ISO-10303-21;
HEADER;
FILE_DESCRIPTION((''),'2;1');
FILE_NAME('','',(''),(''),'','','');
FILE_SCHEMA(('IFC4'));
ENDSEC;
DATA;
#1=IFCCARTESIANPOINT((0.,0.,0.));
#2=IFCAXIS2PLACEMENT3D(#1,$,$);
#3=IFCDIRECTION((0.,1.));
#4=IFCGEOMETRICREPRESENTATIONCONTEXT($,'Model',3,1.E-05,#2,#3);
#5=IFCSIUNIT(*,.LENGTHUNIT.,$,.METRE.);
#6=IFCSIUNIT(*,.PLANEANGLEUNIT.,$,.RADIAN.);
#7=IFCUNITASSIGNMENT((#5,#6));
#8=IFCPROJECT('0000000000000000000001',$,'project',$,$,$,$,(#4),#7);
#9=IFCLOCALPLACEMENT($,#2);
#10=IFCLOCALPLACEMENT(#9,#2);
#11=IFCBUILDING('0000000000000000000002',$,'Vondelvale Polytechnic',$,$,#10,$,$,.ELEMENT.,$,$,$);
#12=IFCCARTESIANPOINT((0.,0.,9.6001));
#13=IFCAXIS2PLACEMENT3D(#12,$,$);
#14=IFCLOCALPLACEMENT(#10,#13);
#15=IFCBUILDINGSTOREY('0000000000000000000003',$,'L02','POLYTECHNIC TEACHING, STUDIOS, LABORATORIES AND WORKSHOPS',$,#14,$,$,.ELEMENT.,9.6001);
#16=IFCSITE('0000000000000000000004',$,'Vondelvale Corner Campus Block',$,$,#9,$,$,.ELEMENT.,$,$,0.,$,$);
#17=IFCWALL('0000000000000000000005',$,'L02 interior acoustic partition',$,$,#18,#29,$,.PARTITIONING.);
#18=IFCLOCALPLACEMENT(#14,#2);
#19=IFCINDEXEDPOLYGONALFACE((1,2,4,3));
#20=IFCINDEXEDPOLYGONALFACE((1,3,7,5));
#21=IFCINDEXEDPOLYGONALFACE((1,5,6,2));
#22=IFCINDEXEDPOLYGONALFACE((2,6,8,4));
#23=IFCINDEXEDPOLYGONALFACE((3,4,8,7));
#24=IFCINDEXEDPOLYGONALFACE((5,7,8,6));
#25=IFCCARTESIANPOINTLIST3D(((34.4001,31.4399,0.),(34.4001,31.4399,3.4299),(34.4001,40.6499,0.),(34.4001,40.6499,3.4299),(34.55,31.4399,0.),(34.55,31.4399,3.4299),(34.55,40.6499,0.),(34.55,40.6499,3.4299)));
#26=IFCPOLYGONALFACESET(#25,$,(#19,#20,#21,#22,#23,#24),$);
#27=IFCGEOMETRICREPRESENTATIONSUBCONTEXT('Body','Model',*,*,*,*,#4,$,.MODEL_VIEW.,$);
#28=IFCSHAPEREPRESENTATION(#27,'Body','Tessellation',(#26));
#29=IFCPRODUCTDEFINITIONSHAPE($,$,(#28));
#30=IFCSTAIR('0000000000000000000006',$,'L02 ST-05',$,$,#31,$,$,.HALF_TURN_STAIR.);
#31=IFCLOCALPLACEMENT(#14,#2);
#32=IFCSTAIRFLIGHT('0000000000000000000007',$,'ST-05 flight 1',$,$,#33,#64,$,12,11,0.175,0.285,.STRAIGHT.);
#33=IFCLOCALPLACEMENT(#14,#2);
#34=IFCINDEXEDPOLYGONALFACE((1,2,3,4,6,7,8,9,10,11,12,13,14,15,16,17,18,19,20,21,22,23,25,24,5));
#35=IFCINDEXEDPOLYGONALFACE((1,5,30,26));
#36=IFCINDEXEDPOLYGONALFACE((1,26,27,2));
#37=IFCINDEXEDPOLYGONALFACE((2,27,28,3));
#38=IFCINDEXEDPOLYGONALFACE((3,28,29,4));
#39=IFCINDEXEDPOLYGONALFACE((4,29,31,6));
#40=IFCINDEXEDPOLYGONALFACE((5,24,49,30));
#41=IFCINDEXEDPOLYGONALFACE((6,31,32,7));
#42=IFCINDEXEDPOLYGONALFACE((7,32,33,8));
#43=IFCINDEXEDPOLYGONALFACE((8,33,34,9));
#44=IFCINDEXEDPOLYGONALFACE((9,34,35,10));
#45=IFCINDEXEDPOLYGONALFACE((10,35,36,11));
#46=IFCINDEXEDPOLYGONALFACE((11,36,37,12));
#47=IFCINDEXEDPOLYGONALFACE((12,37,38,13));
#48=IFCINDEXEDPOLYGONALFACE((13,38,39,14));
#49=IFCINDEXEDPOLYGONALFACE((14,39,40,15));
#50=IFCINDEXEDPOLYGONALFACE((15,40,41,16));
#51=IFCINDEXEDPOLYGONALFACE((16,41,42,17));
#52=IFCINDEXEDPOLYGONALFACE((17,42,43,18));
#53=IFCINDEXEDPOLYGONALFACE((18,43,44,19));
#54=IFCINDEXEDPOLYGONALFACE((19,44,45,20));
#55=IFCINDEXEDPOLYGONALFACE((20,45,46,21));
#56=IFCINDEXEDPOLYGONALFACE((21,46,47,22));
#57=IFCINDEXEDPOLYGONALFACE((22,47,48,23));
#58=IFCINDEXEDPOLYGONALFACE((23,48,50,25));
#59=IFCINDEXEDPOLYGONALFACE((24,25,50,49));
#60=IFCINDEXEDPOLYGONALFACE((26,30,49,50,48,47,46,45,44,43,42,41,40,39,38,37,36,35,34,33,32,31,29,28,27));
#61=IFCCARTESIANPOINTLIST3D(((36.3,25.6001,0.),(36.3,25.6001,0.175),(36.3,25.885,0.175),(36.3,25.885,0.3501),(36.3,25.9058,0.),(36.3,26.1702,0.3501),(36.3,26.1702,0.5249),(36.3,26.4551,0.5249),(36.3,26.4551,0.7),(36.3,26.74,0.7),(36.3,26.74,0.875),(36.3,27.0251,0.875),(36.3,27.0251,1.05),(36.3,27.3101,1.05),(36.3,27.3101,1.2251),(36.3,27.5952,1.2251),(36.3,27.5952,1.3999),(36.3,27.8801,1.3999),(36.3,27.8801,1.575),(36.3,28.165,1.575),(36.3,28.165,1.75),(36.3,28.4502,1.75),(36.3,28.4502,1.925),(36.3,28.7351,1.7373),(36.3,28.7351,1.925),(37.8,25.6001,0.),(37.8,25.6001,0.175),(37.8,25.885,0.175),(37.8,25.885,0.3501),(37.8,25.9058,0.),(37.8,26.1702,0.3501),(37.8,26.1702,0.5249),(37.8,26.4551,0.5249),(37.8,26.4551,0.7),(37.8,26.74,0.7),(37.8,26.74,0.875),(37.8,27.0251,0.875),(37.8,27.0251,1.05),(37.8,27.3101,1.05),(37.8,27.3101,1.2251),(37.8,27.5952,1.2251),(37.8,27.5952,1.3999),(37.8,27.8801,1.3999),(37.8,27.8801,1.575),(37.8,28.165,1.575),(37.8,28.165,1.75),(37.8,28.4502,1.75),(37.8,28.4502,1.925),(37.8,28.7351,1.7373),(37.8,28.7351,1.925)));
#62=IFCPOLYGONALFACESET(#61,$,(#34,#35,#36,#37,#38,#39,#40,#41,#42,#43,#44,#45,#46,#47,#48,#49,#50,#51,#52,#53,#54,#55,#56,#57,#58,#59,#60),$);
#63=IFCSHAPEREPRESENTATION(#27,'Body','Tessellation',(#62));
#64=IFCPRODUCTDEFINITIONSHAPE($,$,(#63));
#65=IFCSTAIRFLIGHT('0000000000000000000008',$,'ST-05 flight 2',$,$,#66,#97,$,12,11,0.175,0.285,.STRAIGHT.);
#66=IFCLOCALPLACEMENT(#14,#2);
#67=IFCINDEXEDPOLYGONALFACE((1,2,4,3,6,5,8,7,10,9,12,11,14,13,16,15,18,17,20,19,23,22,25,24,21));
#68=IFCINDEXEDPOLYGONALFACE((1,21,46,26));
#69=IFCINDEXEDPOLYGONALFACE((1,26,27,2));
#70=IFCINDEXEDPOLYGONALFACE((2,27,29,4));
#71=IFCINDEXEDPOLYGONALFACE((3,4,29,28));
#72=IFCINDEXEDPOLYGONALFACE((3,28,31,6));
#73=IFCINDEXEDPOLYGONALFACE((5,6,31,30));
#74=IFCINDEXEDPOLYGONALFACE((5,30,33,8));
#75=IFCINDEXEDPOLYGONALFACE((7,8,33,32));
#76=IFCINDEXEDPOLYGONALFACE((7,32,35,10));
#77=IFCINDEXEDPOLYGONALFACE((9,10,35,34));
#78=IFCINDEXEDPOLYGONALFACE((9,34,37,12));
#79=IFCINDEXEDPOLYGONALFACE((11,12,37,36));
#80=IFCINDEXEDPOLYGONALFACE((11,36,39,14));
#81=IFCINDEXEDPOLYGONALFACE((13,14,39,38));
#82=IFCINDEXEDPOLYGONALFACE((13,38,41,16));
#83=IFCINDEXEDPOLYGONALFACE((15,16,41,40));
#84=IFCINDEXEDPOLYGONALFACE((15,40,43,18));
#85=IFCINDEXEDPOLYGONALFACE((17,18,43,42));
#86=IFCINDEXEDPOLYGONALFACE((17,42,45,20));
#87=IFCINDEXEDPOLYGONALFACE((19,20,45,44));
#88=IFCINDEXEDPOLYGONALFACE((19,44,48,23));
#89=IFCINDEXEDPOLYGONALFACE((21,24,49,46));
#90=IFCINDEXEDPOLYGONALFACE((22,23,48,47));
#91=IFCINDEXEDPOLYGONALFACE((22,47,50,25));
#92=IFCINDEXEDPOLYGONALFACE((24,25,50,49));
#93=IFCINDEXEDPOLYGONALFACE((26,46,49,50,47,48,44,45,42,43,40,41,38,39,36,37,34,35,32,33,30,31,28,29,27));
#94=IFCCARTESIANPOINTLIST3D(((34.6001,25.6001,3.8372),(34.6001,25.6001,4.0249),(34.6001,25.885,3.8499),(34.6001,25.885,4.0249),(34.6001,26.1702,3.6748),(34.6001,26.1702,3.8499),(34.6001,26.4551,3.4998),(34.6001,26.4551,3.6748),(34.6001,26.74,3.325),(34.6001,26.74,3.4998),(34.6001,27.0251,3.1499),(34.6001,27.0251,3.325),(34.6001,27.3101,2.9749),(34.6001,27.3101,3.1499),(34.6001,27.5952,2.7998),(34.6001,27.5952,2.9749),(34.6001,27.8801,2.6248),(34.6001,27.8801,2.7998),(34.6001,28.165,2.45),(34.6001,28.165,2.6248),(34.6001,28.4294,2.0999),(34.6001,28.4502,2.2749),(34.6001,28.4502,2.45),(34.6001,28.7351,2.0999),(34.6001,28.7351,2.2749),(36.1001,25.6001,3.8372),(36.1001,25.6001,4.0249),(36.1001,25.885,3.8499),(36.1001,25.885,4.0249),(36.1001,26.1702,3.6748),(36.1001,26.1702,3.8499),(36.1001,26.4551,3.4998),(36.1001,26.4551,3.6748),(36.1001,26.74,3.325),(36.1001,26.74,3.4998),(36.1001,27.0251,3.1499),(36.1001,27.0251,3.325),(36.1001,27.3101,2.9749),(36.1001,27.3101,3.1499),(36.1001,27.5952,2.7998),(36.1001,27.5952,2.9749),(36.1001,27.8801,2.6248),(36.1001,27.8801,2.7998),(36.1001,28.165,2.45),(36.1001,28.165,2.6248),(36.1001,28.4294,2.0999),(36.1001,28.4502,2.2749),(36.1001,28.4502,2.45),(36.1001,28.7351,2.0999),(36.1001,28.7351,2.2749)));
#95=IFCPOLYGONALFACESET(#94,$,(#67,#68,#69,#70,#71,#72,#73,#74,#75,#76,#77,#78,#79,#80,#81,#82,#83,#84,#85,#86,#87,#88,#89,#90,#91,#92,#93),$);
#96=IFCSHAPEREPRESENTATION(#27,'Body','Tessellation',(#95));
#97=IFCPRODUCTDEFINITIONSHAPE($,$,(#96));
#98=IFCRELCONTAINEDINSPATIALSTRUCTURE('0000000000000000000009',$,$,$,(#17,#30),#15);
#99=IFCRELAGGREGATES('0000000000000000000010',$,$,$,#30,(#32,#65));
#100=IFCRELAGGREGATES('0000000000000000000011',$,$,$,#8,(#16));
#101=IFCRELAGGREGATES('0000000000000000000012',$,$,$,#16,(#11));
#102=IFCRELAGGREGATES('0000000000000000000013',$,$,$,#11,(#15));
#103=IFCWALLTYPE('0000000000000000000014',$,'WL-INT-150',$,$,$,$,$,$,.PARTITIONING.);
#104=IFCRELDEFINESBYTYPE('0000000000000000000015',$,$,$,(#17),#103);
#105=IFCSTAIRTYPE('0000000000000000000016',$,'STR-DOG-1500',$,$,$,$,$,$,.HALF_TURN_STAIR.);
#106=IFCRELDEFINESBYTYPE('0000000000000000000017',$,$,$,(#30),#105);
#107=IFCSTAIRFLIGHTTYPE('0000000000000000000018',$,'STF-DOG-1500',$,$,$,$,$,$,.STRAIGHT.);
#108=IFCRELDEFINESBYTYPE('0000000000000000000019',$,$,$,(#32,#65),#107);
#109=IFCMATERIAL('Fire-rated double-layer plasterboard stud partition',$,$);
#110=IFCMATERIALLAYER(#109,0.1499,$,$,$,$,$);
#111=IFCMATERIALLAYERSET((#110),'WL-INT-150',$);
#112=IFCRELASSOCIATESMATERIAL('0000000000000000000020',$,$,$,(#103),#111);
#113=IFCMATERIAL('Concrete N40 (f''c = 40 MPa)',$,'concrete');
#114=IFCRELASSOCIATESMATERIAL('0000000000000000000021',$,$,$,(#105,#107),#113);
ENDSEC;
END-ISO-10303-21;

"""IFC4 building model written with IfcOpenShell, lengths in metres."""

from ifc_helpers import new_model, si_unit, direction, frame, frame_2d, origin, place, context, subcontext, project, spatial, polyline, rectangle, outline, extrude, material, layer, layer_set, type_object, element, aggregate, save


model = new_model("IFC4")

# Units and contexts
model_context = context("Model", 3, precision=1e-05, world=origin(), true_north=direction((0.0, 1.0)))
body_context = subcontext(model_context, "Body", "Model", "MODEL_VIEW")
ifc_project = project(units=[si_unit("LENGTHUNIT", "METRE"), si_unit("PLANEANGLEUNIT", "RADIAN")], contexts=[model_context])

# Site, building, storey
site_placement = place(None, origin())
site = spatial("IfcSite", under=ifc_project, at=site_placement, Name="Vondelvale Corner Campus Block", CompositionType="ELEMENT", RefElevation=0.0)
building_placement = place(site_placement, origin())
building = spatial("IfcBuilding", under=site, at=building_placement, Name="Vondelvale Polytechnic", CompositionType="ELEMENT")
storey_placement = place(building_placement, frame((0.0, 0.0, 9.6001)))
storey = spatial("IfcBuildingStorey", under=building, at=storey_placement, Name="L02", Description="POLYTECHNIC TEACHING, STUDIOS, LABORATORIES AND WORKSHOPS", CompositionType="ELEMENT", Elevation=9.6001)

# Shared definitions
ifc_material_1 = material(Name="Concrete N40 (f'c = 40 MPa)", Category="concrete")

# Wall
ifc_material_2 = material(Name="Fire-rated double-layer plasterboard stud partition")
ifc_layer_1 = layer(ifc_material_2, 0.1499)
ifc_layer_set_1 = layer_set([ifc_layer_1], Name="WL-INT-150")
wall_type_1 = type_object("IfcWallType", Name="WL-INT-150", PredefinedType="PARTITIONING", material=ifc_layer_set_1)
wall_1_placement = place(storey_placement, frame((34.4751, 31.4399, 0.0), z_axis=(0.0, 0.0, 1.0), x_axis=(0.0, 1.0, 0.0)))
element("IfcWall", 1, at=wall_1_placement, inside=storey, type_object=wall_type_1, Name="L02 interior acoustic partition", PredefinedType="PARTITIONING", context=body_context, shape_type="SweptSolid", body=[
    extrude(rectangle(XDim=9.21, YDim=0.1499, at=frame_2d((4.605, 0.0))), origin(), (0.0, 0.0, 1.0), 3.4299),
])

# Stair, stair flights
stair_type = type_object("IfcStairType", Name="STR-DOG-1500", PredefinedType="HALF_TURN_STAIR", material=ifc_material_1)
stair_placement = place(storey_placement, origin())
stair = element("IfcStair", 2, at=stair_placement, inside=storey, type_object=stair_type, Name="L02 ST-05", PredefinedType="HALF_TURN_STAIR")
stair_flight_type = type_object("IfcStairFlightType", Name="STF-DOG-1500", PredefinedType="STRAIGHT", material=ifc_material_1)
stair_flight_1_placement = place(storey_placement, frame((37.05, 25.6001, 0.0), z_axis=(0.0, 0.0, 1.0), x_axis=(0.0, 1.0, 0.0)))
stair_flight_1 = element("IfcStairFlight", 3, at=stair_flight_1_placement, type_object=stair_flight_type, Name="ST-05 flight 1", NumberOfRisers=12, NumberOfTreads=11, PredefinedType="STRAIGHT", RiserHeight=0.175, TreadLength=0.285, context=body_context, shape_type="SweptSolid", body=[
    extrude(outline(polyline([(0.0, 0.0), (0.0, 0.175), (0.2849, 0.175), (0.2849, 0.3501), (0.5701, 0.3501), (0.5701, 0.5249), (0.855, 0.5249), (0.855, 0.7), (1.1399, 0.7), (1.1399, 0.875), (1.425, 0.875), (1.425, 1.05), (1.71, 1.05), (1.71, 1.2251), (1.9951, 1.2251), (1.9951, 1.3999), (2.28, 1.3999), (2.28, 1.575), (2.5649, 1.575), (2.5649, 1.75), (2.8501, 1.75), (2.8501, 1.925), (3.135, 1.925), (3.135, 2.1001), (3.135, 1.7373), (0.3057, 0.0), (0.0, 0.0)])), frame((0.0, 0.75, 0.0), z_axis=(0.0, -1.0, 0.0), x_axis=(1.0, 0.0, 0.0)), (0.0, 0.0, 1.0), 1.5),
])
stair_flight_2_placement = place(storey_placement, frame((35.3501, 28.7351, 2.0999), z_axis=(0.0, 0.0, 1.0), x_axis=(0.0, -1.0, 0.0)))
stair_flight_2 = element("IfcStairFlight", 4, at=stair_flight_2_placement, type_object=stair_flight_type, Name="ST-05 flight 2", NumberOfRisers=12, NumberOfTreads=11, PredefinedType="STRAIGHT", RiserHeight=0.175, TreadLength=0.285, context=body_context, shape_type="SweptSolid", body=[
    extrude(outline(polyline([(0.0, 0.0), (0.0, 0.175), (0.2849, 0.175), (0.2849, 0.3501), (0.5701, 0.3501), (0.5701, 0.5249), (0.855, 0.5249), (0.855, 0.7), (1.1399, 0.7), (1.1399, 0.875), (1.425, 0.875), (1.425, 1.05), (1.71, 1.05), (1.71, 1.2251), (1.9951, 1.2251), (1.9951, 1.3999), (2.28, 1.3999), (2.28, 1.575), (2.5649, 1.575), (2.5649, 1.75), (2.8501, 1.75), (2.8501, 1.925), (3.135, 1.925), (3.135, 2.1001), (3.135, 1.7373), (0.3057, 0.0), (0.0, 0.0)])), frame((0.0, 0.75, 0.0), z_axis=(0.0, -1.0, 0.0), x_axis=(1.0, 0.0, 0.0)), (0.0, 0.0, 1.0), 1.5),
])
aggregate(stair, [stair_flight_1, stair_flight_2])

save(model, "model.ifc")
